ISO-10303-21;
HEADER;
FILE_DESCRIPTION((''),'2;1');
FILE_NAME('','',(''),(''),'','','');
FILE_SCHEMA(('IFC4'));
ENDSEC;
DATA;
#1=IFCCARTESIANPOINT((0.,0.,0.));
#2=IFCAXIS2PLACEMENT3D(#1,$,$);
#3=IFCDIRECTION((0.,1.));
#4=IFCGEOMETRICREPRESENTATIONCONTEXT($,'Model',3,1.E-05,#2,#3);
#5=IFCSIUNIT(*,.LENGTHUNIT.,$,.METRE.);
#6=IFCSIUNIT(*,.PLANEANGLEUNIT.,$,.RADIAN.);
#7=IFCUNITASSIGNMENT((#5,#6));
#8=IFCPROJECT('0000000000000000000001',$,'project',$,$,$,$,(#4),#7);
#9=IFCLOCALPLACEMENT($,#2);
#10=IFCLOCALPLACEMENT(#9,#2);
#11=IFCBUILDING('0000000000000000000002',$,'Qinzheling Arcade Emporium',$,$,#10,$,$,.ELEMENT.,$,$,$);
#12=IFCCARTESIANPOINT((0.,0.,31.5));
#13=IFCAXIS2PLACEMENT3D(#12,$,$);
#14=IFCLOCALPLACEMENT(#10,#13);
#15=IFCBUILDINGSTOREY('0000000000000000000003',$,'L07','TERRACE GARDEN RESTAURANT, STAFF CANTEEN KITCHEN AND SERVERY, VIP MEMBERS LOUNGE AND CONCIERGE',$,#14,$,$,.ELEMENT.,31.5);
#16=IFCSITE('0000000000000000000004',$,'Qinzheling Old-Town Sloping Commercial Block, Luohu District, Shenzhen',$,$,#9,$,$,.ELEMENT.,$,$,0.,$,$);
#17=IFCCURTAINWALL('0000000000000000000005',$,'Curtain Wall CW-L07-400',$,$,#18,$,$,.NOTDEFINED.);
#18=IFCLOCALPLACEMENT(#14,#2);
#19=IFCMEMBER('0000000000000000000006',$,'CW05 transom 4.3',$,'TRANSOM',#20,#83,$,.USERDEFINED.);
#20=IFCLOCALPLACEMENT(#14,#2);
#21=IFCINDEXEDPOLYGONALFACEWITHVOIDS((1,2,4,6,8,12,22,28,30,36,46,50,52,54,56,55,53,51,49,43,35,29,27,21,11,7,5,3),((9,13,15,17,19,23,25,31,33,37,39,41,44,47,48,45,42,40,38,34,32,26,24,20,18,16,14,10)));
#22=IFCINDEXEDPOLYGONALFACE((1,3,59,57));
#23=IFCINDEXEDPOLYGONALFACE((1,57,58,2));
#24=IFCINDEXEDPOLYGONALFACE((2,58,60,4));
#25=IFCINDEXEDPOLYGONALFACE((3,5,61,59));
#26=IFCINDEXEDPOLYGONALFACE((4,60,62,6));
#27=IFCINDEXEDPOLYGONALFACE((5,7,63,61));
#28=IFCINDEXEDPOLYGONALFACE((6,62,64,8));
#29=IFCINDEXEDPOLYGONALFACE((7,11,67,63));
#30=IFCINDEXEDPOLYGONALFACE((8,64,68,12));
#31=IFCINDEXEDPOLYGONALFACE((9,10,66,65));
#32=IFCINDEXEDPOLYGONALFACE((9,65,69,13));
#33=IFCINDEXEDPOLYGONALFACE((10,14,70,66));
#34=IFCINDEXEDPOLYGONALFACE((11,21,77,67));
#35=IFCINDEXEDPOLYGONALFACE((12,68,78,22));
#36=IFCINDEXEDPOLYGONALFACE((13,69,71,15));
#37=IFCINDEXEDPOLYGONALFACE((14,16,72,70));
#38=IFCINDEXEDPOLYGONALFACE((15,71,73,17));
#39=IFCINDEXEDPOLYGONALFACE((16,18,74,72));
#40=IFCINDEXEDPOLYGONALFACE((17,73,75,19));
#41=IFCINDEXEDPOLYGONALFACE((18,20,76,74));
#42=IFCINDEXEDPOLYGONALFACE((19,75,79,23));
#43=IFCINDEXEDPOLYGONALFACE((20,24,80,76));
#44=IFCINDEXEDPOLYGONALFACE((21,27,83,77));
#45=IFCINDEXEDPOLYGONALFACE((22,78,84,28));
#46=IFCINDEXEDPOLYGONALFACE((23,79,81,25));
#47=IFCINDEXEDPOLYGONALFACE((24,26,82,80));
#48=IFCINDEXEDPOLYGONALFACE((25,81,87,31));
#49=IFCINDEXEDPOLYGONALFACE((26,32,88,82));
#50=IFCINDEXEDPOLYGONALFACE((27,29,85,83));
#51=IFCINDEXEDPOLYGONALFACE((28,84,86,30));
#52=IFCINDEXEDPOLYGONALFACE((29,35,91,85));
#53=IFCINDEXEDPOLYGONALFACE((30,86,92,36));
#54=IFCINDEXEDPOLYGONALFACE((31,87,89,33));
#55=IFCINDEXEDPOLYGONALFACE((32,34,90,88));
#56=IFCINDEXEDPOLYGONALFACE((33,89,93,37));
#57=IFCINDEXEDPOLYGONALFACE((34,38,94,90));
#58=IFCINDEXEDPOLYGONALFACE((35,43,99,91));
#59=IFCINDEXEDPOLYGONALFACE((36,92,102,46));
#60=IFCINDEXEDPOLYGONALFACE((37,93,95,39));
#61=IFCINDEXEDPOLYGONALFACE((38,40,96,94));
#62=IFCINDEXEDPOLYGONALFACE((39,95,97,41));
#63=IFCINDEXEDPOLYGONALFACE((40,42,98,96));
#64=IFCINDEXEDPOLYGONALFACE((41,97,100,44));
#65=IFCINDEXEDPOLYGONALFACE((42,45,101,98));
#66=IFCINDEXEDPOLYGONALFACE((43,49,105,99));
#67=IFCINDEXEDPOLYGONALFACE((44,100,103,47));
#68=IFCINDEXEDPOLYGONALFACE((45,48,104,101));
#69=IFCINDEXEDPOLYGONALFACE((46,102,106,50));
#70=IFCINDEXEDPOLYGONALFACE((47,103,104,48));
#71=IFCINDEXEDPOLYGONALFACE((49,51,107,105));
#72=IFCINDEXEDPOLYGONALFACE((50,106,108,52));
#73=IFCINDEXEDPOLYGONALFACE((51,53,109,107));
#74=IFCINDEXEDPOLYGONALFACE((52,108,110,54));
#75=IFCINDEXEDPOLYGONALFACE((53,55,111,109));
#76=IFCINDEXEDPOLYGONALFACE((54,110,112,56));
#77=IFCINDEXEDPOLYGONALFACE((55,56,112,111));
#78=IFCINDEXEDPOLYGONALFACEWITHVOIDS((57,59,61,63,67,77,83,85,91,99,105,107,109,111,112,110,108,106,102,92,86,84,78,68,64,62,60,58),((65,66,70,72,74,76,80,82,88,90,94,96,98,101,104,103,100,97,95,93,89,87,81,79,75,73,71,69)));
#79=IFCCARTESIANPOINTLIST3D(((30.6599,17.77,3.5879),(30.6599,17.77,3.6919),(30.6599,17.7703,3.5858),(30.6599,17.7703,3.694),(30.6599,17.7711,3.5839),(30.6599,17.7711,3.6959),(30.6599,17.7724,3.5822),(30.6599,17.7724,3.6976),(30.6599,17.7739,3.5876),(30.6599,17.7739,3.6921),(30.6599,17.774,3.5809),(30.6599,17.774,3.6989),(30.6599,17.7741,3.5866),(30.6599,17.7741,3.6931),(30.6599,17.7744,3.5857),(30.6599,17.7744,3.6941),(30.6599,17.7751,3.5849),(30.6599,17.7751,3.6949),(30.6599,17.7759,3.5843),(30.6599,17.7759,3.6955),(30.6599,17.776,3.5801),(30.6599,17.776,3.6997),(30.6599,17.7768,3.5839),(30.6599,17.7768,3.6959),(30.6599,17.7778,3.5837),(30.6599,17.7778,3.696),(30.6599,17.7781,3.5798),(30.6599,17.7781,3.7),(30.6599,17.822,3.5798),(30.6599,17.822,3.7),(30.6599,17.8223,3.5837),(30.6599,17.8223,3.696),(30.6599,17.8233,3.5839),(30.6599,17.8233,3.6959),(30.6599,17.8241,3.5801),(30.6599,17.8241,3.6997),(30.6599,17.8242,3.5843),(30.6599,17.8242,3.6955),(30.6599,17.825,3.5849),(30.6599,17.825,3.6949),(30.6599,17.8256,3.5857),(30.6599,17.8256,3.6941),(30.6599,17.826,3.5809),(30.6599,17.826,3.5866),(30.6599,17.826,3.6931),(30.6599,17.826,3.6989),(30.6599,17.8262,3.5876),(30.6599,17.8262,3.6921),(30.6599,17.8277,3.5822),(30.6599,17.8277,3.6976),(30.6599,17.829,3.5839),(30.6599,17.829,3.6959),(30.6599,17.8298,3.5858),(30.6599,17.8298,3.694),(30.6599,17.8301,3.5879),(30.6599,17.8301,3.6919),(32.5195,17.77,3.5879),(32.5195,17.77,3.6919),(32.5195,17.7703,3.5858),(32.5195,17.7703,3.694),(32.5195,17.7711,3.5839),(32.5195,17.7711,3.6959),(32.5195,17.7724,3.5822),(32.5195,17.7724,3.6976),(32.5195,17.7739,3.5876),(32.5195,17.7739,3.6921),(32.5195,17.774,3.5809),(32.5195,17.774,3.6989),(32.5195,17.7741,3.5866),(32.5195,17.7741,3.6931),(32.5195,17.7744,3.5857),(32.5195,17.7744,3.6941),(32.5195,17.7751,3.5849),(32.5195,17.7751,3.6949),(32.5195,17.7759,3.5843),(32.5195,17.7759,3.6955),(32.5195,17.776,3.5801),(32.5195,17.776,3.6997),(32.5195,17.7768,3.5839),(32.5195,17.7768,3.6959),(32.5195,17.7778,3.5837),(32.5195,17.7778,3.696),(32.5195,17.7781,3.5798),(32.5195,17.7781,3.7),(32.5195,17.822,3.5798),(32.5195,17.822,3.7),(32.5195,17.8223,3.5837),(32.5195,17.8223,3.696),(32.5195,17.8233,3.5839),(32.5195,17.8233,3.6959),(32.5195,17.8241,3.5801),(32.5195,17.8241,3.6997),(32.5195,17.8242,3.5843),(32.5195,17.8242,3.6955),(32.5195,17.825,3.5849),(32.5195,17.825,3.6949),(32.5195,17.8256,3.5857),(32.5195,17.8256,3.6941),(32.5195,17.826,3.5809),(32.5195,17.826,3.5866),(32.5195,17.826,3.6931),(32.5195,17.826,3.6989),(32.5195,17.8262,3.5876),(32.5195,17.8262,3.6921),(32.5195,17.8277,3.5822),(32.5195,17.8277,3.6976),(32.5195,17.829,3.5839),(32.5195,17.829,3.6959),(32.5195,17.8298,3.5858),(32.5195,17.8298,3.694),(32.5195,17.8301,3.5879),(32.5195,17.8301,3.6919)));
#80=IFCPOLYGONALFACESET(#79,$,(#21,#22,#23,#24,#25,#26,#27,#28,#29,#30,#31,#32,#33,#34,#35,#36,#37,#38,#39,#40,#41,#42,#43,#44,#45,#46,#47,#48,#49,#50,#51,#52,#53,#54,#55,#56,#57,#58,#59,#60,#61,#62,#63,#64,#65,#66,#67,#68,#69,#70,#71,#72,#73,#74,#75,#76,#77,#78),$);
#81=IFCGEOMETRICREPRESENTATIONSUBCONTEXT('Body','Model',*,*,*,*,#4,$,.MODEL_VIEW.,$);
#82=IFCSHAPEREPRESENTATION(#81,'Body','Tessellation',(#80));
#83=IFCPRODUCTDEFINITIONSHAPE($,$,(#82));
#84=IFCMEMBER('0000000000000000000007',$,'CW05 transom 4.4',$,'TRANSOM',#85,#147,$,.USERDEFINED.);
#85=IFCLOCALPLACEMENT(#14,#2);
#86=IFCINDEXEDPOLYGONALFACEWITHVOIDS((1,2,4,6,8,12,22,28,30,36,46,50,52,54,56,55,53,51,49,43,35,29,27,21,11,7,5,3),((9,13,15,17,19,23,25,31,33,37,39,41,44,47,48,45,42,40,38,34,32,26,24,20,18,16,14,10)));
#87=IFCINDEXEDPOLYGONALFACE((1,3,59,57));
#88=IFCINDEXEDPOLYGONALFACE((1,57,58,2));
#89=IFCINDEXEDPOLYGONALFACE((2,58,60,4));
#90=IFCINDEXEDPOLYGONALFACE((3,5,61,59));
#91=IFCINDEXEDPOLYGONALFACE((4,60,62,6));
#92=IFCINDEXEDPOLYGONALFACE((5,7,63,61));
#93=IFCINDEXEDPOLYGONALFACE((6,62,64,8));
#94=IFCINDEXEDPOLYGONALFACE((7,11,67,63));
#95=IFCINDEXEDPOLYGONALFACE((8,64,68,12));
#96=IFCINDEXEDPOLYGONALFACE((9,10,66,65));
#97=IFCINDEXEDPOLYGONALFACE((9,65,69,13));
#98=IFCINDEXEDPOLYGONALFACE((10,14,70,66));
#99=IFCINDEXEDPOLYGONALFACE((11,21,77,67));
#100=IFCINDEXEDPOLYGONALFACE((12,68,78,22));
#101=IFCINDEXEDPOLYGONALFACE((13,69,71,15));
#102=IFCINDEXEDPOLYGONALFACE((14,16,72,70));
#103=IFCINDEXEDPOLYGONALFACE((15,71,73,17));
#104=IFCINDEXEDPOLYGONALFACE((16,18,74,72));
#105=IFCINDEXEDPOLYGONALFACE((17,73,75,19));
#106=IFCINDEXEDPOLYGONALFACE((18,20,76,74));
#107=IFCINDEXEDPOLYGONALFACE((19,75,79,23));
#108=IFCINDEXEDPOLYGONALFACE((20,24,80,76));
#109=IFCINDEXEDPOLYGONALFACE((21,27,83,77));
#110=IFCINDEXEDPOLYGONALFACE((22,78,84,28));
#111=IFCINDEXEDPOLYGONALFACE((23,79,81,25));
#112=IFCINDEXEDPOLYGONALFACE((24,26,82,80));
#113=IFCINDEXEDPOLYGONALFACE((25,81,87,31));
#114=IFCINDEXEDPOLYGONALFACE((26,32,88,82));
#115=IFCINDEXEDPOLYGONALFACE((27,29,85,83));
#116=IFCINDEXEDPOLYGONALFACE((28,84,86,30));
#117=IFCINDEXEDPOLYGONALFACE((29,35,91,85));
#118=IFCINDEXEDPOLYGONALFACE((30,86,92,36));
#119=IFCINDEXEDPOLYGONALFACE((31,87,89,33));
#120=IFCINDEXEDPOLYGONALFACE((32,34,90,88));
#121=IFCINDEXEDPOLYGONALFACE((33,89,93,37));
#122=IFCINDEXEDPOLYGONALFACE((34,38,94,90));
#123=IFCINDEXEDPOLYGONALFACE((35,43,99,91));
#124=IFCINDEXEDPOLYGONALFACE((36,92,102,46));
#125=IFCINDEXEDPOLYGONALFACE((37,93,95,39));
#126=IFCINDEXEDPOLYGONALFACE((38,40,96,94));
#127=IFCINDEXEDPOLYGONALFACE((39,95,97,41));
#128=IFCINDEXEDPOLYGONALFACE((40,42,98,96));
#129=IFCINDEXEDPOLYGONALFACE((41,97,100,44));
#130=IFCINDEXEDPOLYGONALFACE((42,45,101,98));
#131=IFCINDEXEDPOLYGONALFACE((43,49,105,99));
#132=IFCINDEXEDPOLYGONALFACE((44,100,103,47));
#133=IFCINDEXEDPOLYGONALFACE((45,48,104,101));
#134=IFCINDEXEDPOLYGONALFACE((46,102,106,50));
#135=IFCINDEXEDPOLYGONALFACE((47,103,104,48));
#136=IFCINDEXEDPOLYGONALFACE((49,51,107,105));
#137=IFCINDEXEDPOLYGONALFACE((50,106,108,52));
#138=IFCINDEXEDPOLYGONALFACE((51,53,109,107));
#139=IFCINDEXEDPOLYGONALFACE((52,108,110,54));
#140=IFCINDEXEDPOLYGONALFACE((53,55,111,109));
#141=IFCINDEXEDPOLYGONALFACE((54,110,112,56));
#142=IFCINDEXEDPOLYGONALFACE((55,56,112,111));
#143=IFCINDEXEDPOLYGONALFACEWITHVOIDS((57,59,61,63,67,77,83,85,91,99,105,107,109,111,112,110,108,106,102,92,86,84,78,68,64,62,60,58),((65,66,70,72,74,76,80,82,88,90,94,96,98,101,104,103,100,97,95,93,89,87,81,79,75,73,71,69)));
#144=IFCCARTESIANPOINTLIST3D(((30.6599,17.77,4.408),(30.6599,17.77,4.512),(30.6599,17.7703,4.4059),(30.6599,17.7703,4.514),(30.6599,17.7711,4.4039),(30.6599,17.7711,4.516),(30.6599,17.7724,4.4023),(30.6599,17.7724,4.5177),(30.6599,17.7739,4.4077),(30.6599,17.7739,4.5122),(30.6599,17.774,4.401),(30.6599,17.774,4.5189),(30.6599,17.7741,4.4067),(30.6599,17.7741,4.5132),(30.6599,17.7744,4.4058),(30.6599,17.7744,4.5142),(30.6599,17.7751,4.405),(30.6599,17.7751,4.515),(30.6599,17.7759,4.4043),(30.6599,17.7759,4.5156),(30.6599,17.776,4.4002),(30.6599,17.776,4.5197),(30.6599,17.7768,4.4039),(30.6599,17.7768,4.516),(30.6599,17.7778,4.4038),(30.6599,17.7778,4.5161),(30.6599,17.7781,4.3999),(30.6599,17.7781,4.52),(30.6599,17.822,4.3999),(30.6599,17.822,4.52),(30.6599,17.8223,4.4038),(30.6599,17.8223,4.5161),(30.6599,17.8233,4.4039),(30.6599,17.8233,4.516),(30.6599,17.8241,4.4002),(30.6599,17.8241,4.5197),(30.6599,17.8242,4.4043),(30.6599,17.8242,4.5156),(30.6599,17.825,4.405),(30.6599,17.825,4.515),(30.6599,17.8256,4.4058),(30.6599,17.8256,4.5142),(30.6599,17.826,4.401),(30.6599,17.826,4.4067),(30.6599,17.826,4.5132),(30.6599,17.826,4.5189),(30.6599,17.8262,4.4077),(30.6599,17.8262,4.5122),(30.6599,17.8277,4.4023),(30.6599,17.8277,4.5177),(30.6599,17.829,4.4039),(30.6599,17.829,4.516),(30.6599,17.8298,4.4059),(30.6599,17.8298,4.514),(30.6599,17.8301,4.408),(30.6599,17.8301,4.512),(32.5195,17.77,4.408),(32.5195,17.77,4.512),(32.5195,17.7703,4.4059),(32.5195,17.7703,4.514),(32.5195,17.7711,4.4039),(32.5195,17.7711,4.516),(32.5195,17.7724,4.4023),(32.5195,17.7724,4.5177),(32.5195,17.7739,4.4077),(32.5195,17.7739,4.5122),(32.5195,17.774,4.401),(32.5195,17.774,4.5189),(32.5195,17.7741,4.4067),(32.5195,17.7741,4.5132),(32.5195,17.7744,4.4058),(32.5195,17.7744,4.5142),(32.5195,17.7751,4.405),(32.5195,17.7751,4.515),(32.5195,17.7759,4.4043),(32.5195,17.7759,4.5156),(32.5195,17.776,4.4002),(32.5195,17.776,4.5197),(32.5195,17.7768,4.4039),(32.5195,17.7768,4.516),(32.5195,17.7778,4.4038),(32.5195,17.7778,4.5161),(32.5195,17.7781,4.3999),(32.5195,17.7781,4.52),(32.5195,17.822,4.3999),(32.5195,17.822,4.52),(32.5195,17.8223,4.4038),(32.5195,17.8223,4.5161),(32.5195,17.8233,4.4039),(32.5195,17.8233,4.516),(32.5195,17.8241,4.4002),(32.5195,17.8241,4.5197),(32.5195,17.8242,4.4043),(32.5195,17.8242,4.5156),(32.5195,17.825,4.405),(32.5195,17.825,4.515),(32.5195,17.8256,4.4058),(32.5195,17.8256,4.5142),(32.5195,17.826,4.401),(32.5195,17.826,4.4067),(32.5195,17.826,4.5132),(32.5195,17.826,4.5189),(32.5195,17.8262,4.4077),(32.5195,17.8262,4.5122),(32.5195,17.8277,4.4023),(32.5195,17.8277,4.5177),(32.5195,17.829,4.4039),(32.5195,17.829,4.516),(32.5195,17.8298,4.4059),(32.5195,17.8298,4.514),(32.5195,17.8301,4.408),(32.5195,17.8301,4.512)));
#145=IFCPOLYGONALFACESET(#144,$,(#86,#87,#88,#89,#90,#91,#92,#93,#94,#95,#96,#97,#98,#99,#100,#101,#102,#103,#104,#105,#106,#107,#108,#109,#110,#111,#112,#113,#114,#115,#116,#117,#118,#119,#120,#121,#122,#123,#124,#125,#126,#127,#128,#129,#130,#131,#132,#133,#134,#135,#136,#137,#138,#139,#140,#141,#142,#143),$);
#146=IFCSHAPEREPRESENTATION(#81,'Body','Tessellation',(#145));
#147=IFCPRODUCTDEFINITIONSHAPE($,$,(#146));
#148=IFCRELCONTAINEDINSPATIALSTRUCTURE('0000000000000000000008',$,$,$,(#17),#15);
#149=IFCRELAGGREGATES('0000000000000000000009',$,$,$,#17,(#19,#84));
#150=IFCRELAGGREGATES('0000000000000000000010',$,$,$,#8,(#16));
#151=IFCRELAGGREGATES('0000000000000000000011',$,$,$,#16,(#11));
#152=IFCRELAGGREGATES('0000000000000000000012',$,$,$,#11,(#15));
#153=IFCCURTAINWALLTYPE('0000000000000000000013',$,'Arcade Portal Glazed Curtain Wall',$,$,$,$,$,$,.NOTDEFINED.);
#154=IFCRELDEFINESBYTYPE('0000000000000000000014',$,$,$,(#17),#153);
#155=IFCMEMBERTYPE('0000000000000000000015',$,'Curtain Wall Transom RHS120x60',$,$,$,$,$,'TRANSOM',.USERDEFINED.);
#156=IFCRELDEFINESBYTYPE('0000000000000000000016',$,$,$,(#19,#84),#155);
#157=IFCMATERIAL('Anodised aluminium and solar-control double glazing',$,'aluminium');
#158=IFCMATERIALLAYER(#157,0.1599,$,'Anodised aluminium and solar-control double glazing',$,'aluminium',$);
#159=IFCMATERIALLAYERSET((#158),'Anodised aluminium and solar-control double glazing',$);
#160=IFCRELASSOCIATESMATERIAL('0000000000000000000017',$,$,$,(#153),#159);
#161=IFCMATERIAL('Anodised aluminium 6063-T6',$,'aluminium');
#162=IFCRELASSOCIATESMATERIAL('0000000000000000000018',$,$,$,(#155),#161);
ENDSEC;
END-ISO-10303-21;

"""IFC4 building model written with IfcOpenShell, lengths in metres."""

from ifc_helpers import new_model, si_unit, direction, frame, origin, origin_2d, place, context, subcontext, project, spatial, hollow_rectangle, extrude, material, layer, layer_set, material_profile, profile_set, type_object, element, aggregate, save


model = new_model("IFC4")

# Units and contexts
model_context = context("Model", 3, precision=1e-05, world=origin(), true_north=direction((0.0, 1.0)))
body_context = subcontext(model_context, "Body", "Model", "MODEL_VIEW")
ifc_project = project(units=[si_unit("LENGTHUNIT", "METRE"), si_unit("PLANEANGLEUNIT", "RADIAN")], contexts=[model_context])

# Site, building, storey
site_placement = place(None, origin())
site = spatial("IfcSite", under=ifc_project, at=site_placement, Name="Qinzheling Old-Town Sloping Commercial Block, Luohu District, Shenzhen", CompositionType="ELEMENT", RefElevation=0.0)
building_placement = place(site_placement, origin())
building = spatial("IfcBuilding", under=site, at=building_placement, Name="Qinzheling Arcade Emporium", CompositionType="ELEMENT")
storey_placement = place(building_placement, frame((0.0, 0.0, 31.5)))
storey = spatial("IfcBuildingStorey", under=building, at=storey_placement, Name="L07", Description="TERRACE GARDEN RESTAURANT, STAFF CANTEEN KITCHEN AND SERVERY, VIP MEMBERS LOUNGE AND CONCIERGE", CompositionType="ELEMENT", Elevation=31.5)

# Curtain wall
ifc_material_1 = material(Name="Anodised aluminium and solar-control double glazing", Category="aluminium")
ifc_layer_1 = layer(ifc_material_1, 0.1599, Name="Anodised aluminium and solar-control double glazing", Category="aluminium")
ifc_layer_set_1 = layer_set([ifc_layer_1], Name="Anodised aluminium and solar-control double glazing")
curtain_wall_type_1 = type_object("IfcCurtainWallType", Name="Arcade Portal Glazed Curtain Wall", PredefinedType="NOTDEFINED", material=ifc_layer_set_1)
curtain_wall_1_placement = place(storey_placement, origin())
curtain_wall_1 = element("IfcCurtainWall", 1, at=curtain_wall_1_placement, inside=storey, type_object=curtain_wall_type_1, Name="Curtain Wall CW-L07-400", PredefinedType="NOTDEFINED")
ifc_material_2 = material(Name="Anodised aluminium 6063-T6", Category="aluminium")

# Members
ifc_material_profile_1 = material_profile(ifc_material_2, hollow_rectangle(XDim=0.0601, YDim=0.1201, WallThickness=0.0039, InnerFilletRadius=0.0039, OuterFilletRadius=0.0081, at=origin_2d()), Name="RHS 120x60x4", Category="aluminium")
ifc_profile_set_1 = profile_set([ifc_material_profile_1], Name="Anodised aluminium 6063-T6")
member_type_1 = type_object("IfcMemberType", Name="Curtain Wall Transom RHS120x60", ElementType="TRANSOM", PredefinedType="USERDEFINED", material=ifc_profile_set_1)
member_1_placement = place(storey_placement, frame((32.5195, 17.8, 3.6399), z_axis=(-1.0, 0.0, 0.0), x_axis=(0.0, -1.0, 0.0)))
member_1 = element("IfcMember", 2, at=member_1_placement, type_object=member_type_1, Name="CW05 transom 4.3", ObjectType="TRANSOM", PredefinedType="USERDEFINED", context=body_context, shape_type="SweptSolid", body=[
    extrude(hollow_rectangle(XDim=0.0601, YDim=0.1201, WallThickness=0.0039, InnerFilletRadius=0.0039, OuterFilletRadius=0.0081, at=origin_2d()), origin(), (0.0, 0.0, 1.0), 1.8596),
])
member_2_placement = place(storey_placement, frame((32.5195, 17.8, 4.46), z_axis=(-1.0, 0.0, 0.0), x_axis=(0.0, -1.0, 0.0)))
member_2 = element("IfcMember", 3, at=member_2_placement, type_object=member_type_1, Name="CW05 transom 4.4", ObjectType="TRANSOM", PredefinedType="USERDEFINED", context=body_context, shape_type="SweptSolid", body=[
    extrude(hollow_rectangle(XDim=0.0601, YDim=0.1201, WallThickness=0.0039, InnerFilletRadius=0.0039, OuterFilletRadius=0.0081, at=origin_2d()), origin(), (0.0, 0.0, 1.0), 1.8596),
])

aggregate(curtain_wall_1, [member_1, member_2])

save(model, "model.ifc")
